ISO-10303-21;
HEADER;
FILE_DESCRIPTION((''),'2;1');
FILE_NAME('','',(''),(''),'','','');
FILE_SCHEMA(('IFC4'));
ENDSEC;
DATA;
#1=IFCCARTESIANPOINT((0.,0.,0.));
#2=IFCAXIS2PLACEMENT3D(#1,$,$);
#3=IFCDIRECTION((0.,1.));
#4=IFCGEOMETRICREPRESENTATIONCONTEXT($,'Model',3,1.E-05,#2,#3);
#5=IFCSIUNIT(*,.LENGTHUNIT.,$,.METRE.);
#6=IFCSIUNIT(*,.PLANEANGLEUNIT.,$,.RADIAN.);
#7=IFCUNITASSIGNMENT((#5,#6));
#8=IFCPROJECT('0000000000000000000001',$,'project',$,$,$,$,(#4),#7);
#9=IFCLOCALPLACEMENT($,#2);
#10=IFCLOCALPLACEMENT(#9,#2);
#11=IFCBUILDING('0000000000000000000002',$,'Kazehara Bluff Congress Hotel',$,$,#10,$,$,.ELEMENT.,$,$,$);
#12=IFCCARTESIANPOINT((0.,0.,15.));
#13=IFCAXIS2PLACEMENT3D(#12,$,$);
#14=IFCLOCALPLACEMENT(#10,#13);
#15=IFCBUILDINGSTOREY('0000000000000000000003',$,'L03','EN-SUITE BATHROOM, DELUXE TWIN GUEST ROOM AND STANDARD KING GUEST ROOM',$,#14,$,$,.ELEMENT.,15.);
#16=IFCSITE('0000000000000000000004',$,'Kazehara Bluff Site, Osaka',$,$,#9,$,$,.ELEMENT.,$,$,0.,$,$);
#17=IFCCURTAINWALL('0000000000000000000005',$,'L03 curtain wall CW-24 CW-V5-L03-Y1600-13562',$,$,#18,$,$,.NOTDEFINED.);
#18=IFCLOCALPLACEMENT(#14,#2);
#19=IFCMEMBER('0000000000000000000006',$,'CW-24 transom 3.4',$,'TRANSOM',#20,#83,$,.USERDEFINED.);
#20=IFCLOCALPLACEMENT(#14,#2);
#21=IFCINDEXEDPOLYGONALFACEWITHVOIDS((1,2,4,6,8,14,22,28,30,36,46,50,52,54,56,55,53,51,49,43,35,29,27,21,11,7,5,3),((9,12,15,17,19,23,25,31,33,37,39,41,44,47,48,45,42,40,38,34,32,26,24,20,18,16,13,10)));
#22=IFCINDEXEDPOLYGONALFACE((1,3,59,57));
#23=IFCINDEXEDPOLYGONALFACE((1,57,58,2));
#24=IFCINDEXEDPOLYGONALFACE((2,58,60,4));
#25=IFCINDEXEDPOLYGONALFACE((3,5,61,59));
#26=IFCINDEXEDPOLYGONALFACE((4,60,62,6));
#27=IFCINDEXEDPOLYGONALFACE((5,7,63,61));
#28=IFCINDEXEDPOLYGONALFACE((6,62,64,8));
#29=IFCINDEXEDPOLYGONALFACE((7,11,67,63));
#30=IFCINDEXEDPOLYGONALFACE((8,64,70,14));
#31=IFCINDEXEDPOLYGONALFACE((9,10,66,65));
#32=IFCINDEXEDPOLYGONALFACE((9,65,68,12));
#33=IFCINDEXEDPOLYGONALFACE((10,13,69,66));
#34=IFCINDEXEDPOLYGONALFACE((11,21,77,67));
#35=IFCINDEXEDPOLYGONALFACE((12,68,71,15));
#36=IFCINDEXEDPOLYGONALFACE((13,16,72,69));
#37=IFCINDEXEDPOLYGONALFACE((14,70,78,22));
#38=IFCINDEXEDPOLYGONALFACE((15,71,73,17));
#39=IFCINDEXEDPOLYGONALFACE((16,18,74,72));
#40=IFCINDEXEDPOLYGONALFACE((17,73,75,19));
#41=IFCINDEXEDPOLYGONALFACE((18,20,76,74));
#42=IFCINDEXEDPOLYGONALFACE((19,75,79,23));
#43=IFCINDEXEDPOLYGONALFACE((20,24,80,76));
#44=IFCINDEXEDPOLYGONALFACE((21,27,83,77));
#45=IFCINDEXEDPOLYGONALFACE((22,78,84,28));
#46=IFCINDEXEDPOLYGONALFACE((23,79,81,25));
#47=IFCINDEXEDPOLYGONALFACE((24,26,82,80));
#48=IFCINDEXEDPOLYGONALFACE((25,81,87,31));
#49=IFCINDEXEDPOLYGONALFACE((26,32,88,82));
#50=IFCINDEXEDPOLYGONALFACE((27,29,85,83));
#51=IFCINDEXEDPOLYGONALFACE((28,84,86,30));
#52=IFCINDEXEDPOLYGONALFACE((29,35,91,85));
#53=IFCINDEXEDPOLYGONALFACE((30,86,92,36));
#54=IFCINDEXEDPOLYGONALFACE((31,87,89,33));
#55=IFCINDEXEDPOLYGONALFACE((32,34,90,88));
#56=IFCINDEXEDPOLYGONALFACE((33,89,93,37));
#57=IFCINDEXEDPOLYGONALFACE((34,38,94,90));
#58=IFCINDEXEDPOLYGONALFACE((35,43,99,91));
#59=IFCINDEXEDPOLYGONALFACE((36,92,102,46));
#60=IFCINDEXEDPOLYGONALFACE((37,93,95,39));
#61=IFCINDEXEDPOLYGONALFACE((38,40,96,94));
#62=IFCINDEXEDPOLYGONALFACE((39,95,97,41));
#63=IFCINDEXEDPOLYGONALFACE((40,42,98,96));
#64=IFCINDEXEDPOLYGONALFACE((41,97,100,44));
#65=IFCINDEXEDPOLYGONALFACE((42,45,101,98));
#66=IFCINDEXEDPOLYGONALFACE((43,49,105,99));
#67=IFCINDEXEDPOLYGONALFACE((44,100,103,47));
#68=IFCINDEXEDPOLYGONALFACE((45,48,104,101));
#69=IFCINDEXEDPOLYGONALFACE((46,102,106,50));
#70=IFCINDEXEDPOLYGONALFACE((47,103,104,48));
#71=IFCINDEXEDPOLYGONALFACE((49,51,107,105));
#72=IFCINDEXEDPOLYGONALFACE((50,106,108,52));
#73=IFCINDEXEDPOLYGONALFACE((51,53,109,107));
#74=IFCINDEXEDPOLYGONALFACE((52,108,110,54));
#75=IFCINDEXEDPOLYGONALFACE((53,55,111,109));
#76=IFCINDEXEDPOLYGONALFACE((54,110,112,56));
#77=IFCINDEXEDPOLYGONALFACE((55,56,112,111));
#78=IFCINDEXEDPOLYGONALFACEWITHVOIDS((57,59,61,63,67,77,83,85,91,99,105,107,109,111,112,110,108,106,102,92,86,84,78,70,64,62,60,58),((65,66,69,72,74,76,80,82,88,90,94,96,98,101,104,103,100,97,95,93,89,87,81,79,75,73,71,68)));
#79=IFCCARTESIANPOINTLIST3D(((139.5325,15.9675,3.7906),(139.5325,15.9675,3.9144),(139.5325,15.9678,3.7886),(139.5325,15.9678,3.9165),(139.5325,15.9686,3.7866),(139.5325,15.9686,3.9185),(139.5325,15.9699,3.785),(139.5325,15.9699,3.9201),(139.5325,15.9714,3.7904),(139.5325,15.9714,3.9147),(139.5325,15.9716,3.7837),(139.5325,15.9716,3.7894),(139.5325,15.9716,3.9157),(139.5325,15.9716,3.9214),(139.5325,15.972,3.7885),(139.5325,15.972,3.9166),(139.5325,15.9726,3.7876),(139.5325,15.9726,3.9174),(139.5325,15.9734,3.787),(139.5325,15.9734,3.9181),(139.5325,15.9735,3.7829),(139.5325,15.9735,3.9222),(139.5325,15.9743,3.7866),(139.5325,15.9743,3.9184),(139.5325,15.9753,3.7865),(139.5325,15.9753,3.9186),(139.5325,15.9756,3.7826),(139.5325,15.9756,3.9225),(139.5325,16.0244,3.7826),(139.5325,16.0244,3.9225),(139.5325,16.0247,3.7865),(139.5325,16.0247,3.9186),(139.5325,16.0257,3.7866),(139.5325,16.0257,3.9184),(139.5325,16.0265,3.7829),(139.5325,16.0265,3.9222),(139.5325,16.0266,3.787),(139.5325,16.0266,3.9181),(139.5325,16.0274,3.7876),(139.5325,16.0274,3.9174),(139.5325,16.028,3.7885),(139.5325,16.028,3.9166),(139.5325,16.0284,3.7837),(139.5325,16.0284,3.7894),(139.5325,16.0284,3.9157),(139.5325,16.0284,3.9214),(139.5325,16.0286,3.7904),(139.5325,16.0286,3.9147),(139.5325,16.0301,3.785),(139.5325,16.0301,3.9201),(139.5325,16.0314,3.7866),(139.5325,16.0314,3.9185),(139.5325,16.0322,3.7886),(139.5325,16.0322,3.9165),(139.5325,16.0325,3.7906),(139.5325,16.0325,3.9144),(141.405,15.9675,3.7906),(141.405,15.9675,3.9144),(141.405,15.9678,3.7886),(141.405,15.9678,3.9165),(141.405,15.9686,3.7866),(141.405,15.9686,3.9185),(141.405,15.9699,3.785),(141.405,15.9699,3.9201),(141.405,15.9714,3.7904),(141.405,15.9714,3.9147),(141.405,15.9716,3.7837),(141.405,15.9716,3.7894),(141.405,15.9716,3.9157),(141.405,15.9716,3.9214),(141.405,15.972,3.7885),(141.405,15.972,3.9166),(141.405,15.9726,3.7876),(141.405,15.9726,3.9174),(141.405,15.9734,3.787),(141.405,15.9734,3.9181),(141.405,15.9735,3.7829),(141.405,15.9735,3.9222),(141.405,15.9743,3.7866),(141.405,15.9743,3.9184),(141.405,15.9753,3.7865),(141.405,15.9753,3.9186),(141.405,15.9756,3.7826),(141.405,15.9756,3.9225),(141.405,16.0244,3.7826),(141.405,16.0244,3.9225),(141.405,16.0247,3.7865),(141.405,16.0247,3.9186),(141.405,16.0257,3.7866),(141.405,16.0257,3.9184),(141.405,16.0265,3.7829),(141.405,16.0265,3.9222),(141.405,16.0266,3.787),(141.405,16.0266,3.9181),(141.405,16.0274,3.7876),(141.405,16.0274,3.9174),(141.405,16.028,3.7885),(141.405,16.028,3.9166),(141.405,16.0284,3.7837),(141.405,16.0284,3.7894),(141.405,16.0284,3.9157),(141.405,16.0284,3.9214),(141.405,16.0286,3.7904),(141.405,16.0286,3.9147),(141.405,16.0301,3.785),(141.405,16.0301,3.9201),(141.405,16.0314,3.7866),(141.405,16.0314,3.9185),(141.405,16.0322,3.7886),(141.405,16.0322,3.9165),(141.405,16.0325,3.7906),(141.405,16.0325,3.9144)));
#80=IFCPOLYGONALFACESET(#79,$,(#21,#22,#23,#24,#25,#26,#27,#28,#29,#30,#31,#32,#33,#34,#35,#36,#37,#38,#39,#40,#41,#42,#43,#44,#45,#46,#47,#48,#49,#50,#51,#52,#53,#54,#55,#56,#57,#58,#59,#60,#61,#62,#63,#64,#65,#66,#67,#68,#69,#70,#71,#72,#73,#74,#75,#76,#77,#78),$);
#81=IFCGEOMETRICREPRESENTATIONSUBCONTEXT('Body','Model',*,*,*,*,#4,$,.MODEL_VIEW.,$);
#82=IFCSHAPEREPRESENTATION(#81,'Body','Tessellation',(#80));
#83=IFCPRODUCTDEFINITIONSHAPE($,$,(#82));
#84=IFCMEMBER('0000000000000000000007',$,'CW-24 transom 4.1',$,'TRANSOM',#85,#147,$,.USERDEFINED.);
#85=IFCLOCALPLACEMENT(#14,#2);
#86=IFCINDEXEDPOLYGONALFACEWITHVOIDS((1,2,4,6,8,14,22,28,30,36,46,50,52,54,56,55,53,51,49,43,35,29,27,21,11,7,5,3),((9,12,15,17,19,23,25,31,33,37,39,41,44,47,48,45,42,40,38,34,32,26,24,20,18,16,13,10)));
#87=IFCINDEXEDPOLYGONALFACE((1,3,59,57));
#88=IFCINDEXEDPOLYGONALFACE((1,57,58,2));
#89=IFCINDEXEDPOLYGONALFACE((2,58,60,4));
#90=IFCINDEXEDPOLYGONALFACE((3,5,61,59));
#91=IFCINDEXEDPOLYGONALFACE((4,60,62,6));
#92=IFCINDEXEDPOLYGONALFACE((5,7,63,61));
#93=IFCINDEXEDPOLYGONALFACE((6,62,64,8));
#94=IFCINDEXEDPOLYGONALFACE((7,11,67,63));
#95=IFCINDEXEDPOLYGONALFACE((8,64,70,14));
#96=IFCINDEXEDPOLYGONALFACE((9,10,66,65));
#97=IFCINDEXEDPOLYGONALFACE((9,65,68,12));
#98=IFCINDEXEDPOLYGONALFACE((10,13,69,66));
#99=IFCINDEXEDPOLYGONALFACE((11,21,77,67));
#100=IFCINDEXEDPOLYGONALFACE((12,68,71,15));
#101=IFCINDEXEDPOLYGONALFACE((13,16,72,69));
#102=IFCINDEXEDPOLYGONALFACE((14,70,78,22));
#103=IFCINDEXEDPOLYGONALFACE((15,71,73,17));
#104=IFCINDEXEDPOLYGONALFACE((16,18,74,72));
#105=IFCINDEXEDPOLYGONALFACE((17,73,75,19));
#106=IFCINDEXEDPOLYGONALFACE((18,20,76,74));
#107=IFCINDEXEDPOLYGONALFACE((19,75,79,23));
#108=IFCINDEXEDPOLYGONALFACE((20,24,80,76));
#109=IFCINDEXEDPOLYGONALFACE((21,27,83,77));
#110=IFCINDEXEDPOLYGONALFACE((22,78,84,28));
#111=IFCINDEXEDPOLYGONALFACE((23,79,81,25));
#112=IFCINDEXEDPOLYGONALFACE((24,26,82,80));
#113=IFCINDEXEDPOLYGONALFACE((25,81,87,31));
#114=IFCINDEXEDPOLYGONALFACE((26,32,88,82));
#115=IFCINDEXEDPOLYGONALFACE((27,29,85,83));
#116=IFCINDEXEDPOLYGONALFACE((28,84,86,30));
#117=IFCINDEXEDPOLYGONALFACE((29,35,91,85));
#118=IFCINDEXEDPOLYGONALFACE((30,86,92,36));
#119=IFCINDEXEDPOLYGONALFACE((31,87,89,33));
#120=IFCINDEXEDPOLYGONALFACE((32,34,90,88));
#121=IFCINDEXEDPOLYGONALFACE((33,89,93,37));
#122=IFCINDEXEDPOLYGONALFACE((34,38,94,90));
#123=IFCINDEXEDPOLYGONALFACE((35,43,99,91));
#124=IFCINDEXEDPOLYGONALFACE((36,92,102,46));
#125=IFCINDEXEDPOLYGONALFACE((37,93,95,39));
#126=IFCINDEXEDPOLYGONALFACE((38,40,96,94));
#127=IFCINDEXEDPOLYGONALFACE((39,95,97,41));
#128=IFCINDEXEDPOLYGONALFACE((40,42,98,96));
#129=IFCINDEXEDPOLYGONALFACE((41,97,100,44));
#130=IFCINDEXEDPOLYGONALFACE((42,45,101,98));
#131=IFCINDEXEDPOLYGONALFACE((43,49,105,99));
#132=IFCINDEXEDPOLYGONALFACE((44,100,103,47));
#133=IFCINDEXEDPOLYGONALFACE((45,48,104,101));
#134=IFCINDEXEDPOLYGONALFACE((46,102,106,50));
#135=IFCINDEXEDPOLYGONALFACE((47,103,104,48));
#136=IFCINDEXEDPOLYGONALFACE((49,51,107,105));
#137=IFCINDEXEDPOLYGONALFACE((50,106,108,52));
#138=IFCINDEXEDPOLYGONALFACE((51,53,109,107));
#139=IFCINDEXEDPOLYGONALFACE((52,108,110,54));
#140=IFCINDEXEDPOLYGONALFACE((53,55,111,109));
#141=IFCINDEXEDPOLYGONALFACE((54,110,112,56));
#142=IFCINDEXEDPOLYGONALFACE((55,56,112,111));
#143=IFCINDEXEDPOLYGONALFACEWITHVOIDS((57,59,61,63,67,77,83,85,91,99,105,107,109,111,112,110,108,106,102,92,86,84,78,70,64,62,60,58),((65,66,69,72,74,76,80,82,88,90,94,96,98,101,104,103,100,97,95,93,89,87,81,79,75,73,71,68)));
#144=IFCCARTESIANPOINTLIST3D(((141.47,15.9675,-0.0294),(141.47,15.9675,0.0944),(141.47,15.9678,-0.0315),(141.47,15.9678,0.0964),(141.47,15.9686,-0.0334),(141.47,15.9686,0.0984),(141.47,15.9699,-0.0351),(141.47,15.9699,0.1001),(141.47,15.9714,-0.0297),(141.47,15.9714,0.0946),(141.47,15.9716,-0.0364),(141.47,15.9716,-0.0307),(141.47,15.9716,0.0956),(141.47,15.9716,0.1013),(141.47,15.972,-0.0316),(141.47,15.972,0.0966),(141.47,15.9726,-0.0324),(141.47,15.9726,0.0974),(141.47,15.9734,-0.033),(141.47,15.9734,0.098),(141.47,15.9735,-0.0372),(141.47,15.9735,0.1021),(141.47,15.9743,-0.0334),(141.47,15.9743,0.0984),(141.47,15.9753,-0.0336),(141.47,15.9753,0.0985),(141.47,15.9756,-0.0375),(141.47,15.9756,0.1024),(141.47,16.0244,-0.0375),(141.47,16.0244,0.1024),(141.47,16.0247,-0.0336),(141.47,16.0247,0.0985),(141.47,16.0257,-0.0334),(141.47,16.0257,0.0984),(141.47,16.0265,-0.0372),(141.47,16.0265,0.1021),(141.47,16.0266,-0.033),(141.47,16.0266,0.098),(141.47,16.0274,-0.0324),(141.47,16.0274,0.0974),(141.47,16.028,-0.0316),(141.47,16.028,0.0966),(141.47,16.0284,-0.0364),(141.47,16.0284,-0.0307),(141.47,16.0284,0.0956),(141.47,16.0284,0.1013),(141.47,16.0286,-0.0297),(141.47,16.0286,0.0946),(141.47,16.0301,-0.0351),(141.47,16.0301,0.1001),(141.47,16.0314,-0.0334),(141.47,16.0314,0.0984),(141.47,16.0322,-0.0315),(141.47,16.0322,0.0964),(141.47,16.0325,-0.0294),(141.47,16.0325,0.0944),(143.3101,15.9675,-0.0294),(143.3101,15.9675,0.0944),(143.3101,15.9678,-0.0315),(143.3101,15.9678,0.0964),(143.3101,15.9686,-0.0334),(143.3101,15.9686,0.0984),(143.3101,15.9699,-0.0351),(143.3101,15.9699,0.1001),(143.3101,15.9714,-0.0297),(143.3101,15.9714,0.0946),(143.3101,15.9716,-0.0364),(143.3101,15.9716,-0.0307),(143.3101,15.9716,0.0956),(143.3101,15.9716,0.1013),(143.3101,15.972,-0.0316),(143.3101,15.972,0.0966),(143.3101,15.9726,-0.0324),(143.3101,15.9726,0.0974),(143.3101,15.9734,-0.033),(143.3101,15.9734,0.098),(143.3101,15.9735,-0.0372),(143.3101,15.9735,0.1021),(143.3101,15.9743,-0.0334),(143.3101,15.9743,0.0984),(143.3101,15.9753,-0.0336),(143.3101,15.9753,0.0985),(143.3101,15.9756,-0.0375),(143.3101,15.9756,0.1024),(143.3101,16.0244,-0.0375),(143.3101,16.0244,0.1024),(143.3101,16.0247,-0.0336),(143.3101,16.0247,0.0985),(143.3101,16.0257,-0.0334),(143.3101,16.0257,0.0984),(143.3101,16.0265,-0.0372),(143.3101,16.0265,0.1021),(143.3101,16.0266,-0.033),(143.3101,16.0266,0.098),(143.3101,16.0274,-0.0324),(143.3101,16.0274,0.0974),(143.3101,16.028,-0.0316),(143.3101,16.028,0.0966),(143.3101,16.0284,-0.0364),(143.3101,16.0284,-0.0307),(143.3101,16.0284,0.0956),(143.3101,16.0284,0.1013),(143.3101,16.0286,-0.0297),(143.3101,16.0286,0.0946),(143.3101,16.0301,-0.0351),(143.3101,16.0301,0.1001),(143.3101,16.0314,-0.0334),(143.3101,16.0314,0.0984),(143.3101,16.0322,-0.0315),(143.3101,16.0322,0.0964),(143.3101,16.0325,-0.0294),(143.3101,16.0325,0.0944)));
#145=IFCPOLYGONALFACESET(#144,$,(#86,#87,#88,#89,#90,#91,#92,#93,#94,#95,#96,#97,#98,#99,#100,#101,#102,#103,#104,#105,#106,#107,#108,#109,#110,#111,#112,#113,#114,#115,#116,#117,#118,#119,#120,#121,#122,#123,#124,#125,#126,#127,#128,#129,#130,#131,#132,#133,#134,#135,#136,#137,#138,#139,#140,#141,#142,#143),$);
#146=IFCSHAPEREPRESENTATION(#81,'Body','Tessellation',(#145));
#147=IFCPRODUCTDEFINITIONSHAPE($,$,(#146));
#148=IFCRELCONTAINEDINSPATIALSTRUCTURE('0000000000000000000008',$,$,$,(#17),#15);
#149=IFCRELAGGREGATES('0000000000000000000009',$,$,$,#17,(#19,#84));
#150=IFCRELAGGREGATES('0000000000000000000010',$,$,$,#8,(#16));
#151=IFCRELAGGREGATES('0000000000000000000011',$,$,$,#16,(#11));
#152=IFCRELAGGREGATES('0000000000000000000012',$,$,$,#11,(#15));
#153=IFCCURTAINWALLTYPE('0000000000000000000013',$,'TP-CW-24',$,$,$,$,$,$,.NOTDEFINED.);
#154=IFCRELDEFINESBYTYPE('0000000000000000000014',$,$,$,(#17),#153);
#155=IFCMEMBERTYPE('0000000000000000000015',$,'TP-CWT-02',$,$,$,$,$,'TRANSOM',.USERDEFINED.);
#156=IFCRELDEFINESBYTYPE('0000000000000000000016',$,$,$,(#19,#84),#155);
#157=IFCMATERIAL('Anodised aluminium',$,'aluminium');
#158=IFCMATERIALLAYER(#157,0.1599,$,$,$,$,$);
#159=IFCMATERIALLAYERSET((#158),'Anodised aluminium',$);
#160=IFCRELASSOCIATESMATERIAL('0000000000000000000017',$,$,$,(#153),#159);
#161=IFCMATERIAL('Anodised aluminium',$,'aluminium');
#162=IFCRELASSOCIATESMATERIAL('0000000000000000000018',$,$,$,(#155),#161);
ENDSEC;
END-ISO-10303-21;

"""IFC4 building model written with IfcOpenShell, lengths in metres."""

from ifc_helpers import new_model, si_unit, direction, frame, origin, origin_2d, place, context, subcontext, project, spatial, hollow_rectangle, extrude, material, layer, layer_set, material_profile, profile_set, type_object, element, aggregate, save


model = new_model("IFC4")

# Units and contexts
model_context = context("Model", 3, precision=1e-05, world=origin(), true_north=direction((0.0, 1.0)))
body_context = subcontext(model_context, "Body", "Model", "MODEL_VIEW")
ifc_project = project(units=[si_unit("LENGTHUNIT", "METRE"), si_unit("PLANEANGLEUNIT", "RADIAN")], contexts=[model_context])

# Site, building, storey
site_placement = place(None, origin())
site = spatial("IfcSite", under=ifc_project, at=site_placement, Name="Kazehara Bluff Site, Osaka", CompositionType="ELEMENT", RefElevation=0.0)
building_placement = place(site_placement, origin())
building = spatial("IfcBuilding", under=site, at=building_placement, Name="Kazehara Bluff Congress Hotel", CompositionType="ELEMENT")
storey_placement = place(building_placement, frame((0.0, 0.0, 15.0)))
storey = spatial("IfcBuildingStorey", under=building, at=storey_placement, Name="L03", Description="EN-SUITE BATHROOM, DELUXE TWIN GUEST ROOM AND STANDARD KING GUEST ROOM", CompositionType="ELEMENT", Elevation=15.0)

# Curtain wall
ifc_material_1 = material(Name="Anodised aluminium", Category="aluminium")
ifc_layer_1 = layer(ifc_material_1, 0.1599)
ifc_layer_set_1 = layer_set([ifc_layer_1], Name="Anodised aluminium")
curtain_wall_type = type_object("IfcCurtainWallType", Name="TP-CW-24", PredefinedType="NOTDEFINED", material=ifc_layer_set_1)
curtain_wall_1_placement = place(storey_placement, origin())
curtain_wall_1 = element("IfcCurtainWall", 1, at=curtain_wall_1_placement, inside=storey, type_object=curtain_wall_type, Name="L03 curtain wall CW-24 CW-V5-L03-Y1600-13562", PredefinedType="NOTDEFINED")

# Members
ifc_material_2 = material(Name="Anodised aluminium", Category="aluminium")
ifc_material_profile_1 = material_profile(ifc_material_2, hollow_rectangle(XDim=0.0649, YDim=0.1399, WallThickness=0.0039, InnerFilletRadius=0.0039, OuterFilletRadius=0.0081, at=origin_2d()))
ifc_profile_set_1 = profile_set([ifc_material_profile_1], Name="Anodised aluminium")
member_type_1 = type_object("IfcMemberType", Name="TP-CWT-02", ElementType="TRANSOM", PredefinedType="USERDEFINED", material=ifc_profile_set_1)
member_1_placement = place(storey_placement, frame((139.5325, 16.0, 3.8525), z_axis=(1.0, 0.0, 0.0), x_axis=(0.0, 1.0, 0.0)))
member_1 = element("IfcMember", 2, at=member_1_placement, type_object=member_type_1, Name="CW-24 transom 3.4", ObjectType="TRANSOM", PredefinedType="USERDEFINED", context=body_context, shape_type="SweptSolid", body=[
    extrude(hollow_rectangle(XDim=0.0649, YDim=0.1399, WallThickness=0.0039, InnerFilletRadius=0.0039, OuterFilletRadius=0.0081, at=origin_2d()), origin(), (0.0, 0.0, 1.0), 1.8726),
])
member_2_placement = place(storey_placement, frame((141.47, 16.0, 0.0325), z_axis=(1.0, 0.0, 0.0), x_axis=(0.0, 1.0, 0.0)))
member_2 = element("IfcMember", 3, at=member_2_placement, type_object=member_type_1, Name="CW-24 transom 4.1", ObjectType="TRANSOM", PredefinedType="USERDEFINED", context=body_context, shape_type="SweptSolid", body=[
    extrude(hollow_rectangle(XDim=0.0649, YDim=0.1399, WallThickness=0.0039, InnerFilletRadius=0.0039, OuterFilletRadius=0.0081, at=origin_2d()), origin(), (0.0, 0.0, 1.0), 1.8401),
])

aggregate(curtain_wall_1, [member_1, member_2])

save(model, "model.ifc")
